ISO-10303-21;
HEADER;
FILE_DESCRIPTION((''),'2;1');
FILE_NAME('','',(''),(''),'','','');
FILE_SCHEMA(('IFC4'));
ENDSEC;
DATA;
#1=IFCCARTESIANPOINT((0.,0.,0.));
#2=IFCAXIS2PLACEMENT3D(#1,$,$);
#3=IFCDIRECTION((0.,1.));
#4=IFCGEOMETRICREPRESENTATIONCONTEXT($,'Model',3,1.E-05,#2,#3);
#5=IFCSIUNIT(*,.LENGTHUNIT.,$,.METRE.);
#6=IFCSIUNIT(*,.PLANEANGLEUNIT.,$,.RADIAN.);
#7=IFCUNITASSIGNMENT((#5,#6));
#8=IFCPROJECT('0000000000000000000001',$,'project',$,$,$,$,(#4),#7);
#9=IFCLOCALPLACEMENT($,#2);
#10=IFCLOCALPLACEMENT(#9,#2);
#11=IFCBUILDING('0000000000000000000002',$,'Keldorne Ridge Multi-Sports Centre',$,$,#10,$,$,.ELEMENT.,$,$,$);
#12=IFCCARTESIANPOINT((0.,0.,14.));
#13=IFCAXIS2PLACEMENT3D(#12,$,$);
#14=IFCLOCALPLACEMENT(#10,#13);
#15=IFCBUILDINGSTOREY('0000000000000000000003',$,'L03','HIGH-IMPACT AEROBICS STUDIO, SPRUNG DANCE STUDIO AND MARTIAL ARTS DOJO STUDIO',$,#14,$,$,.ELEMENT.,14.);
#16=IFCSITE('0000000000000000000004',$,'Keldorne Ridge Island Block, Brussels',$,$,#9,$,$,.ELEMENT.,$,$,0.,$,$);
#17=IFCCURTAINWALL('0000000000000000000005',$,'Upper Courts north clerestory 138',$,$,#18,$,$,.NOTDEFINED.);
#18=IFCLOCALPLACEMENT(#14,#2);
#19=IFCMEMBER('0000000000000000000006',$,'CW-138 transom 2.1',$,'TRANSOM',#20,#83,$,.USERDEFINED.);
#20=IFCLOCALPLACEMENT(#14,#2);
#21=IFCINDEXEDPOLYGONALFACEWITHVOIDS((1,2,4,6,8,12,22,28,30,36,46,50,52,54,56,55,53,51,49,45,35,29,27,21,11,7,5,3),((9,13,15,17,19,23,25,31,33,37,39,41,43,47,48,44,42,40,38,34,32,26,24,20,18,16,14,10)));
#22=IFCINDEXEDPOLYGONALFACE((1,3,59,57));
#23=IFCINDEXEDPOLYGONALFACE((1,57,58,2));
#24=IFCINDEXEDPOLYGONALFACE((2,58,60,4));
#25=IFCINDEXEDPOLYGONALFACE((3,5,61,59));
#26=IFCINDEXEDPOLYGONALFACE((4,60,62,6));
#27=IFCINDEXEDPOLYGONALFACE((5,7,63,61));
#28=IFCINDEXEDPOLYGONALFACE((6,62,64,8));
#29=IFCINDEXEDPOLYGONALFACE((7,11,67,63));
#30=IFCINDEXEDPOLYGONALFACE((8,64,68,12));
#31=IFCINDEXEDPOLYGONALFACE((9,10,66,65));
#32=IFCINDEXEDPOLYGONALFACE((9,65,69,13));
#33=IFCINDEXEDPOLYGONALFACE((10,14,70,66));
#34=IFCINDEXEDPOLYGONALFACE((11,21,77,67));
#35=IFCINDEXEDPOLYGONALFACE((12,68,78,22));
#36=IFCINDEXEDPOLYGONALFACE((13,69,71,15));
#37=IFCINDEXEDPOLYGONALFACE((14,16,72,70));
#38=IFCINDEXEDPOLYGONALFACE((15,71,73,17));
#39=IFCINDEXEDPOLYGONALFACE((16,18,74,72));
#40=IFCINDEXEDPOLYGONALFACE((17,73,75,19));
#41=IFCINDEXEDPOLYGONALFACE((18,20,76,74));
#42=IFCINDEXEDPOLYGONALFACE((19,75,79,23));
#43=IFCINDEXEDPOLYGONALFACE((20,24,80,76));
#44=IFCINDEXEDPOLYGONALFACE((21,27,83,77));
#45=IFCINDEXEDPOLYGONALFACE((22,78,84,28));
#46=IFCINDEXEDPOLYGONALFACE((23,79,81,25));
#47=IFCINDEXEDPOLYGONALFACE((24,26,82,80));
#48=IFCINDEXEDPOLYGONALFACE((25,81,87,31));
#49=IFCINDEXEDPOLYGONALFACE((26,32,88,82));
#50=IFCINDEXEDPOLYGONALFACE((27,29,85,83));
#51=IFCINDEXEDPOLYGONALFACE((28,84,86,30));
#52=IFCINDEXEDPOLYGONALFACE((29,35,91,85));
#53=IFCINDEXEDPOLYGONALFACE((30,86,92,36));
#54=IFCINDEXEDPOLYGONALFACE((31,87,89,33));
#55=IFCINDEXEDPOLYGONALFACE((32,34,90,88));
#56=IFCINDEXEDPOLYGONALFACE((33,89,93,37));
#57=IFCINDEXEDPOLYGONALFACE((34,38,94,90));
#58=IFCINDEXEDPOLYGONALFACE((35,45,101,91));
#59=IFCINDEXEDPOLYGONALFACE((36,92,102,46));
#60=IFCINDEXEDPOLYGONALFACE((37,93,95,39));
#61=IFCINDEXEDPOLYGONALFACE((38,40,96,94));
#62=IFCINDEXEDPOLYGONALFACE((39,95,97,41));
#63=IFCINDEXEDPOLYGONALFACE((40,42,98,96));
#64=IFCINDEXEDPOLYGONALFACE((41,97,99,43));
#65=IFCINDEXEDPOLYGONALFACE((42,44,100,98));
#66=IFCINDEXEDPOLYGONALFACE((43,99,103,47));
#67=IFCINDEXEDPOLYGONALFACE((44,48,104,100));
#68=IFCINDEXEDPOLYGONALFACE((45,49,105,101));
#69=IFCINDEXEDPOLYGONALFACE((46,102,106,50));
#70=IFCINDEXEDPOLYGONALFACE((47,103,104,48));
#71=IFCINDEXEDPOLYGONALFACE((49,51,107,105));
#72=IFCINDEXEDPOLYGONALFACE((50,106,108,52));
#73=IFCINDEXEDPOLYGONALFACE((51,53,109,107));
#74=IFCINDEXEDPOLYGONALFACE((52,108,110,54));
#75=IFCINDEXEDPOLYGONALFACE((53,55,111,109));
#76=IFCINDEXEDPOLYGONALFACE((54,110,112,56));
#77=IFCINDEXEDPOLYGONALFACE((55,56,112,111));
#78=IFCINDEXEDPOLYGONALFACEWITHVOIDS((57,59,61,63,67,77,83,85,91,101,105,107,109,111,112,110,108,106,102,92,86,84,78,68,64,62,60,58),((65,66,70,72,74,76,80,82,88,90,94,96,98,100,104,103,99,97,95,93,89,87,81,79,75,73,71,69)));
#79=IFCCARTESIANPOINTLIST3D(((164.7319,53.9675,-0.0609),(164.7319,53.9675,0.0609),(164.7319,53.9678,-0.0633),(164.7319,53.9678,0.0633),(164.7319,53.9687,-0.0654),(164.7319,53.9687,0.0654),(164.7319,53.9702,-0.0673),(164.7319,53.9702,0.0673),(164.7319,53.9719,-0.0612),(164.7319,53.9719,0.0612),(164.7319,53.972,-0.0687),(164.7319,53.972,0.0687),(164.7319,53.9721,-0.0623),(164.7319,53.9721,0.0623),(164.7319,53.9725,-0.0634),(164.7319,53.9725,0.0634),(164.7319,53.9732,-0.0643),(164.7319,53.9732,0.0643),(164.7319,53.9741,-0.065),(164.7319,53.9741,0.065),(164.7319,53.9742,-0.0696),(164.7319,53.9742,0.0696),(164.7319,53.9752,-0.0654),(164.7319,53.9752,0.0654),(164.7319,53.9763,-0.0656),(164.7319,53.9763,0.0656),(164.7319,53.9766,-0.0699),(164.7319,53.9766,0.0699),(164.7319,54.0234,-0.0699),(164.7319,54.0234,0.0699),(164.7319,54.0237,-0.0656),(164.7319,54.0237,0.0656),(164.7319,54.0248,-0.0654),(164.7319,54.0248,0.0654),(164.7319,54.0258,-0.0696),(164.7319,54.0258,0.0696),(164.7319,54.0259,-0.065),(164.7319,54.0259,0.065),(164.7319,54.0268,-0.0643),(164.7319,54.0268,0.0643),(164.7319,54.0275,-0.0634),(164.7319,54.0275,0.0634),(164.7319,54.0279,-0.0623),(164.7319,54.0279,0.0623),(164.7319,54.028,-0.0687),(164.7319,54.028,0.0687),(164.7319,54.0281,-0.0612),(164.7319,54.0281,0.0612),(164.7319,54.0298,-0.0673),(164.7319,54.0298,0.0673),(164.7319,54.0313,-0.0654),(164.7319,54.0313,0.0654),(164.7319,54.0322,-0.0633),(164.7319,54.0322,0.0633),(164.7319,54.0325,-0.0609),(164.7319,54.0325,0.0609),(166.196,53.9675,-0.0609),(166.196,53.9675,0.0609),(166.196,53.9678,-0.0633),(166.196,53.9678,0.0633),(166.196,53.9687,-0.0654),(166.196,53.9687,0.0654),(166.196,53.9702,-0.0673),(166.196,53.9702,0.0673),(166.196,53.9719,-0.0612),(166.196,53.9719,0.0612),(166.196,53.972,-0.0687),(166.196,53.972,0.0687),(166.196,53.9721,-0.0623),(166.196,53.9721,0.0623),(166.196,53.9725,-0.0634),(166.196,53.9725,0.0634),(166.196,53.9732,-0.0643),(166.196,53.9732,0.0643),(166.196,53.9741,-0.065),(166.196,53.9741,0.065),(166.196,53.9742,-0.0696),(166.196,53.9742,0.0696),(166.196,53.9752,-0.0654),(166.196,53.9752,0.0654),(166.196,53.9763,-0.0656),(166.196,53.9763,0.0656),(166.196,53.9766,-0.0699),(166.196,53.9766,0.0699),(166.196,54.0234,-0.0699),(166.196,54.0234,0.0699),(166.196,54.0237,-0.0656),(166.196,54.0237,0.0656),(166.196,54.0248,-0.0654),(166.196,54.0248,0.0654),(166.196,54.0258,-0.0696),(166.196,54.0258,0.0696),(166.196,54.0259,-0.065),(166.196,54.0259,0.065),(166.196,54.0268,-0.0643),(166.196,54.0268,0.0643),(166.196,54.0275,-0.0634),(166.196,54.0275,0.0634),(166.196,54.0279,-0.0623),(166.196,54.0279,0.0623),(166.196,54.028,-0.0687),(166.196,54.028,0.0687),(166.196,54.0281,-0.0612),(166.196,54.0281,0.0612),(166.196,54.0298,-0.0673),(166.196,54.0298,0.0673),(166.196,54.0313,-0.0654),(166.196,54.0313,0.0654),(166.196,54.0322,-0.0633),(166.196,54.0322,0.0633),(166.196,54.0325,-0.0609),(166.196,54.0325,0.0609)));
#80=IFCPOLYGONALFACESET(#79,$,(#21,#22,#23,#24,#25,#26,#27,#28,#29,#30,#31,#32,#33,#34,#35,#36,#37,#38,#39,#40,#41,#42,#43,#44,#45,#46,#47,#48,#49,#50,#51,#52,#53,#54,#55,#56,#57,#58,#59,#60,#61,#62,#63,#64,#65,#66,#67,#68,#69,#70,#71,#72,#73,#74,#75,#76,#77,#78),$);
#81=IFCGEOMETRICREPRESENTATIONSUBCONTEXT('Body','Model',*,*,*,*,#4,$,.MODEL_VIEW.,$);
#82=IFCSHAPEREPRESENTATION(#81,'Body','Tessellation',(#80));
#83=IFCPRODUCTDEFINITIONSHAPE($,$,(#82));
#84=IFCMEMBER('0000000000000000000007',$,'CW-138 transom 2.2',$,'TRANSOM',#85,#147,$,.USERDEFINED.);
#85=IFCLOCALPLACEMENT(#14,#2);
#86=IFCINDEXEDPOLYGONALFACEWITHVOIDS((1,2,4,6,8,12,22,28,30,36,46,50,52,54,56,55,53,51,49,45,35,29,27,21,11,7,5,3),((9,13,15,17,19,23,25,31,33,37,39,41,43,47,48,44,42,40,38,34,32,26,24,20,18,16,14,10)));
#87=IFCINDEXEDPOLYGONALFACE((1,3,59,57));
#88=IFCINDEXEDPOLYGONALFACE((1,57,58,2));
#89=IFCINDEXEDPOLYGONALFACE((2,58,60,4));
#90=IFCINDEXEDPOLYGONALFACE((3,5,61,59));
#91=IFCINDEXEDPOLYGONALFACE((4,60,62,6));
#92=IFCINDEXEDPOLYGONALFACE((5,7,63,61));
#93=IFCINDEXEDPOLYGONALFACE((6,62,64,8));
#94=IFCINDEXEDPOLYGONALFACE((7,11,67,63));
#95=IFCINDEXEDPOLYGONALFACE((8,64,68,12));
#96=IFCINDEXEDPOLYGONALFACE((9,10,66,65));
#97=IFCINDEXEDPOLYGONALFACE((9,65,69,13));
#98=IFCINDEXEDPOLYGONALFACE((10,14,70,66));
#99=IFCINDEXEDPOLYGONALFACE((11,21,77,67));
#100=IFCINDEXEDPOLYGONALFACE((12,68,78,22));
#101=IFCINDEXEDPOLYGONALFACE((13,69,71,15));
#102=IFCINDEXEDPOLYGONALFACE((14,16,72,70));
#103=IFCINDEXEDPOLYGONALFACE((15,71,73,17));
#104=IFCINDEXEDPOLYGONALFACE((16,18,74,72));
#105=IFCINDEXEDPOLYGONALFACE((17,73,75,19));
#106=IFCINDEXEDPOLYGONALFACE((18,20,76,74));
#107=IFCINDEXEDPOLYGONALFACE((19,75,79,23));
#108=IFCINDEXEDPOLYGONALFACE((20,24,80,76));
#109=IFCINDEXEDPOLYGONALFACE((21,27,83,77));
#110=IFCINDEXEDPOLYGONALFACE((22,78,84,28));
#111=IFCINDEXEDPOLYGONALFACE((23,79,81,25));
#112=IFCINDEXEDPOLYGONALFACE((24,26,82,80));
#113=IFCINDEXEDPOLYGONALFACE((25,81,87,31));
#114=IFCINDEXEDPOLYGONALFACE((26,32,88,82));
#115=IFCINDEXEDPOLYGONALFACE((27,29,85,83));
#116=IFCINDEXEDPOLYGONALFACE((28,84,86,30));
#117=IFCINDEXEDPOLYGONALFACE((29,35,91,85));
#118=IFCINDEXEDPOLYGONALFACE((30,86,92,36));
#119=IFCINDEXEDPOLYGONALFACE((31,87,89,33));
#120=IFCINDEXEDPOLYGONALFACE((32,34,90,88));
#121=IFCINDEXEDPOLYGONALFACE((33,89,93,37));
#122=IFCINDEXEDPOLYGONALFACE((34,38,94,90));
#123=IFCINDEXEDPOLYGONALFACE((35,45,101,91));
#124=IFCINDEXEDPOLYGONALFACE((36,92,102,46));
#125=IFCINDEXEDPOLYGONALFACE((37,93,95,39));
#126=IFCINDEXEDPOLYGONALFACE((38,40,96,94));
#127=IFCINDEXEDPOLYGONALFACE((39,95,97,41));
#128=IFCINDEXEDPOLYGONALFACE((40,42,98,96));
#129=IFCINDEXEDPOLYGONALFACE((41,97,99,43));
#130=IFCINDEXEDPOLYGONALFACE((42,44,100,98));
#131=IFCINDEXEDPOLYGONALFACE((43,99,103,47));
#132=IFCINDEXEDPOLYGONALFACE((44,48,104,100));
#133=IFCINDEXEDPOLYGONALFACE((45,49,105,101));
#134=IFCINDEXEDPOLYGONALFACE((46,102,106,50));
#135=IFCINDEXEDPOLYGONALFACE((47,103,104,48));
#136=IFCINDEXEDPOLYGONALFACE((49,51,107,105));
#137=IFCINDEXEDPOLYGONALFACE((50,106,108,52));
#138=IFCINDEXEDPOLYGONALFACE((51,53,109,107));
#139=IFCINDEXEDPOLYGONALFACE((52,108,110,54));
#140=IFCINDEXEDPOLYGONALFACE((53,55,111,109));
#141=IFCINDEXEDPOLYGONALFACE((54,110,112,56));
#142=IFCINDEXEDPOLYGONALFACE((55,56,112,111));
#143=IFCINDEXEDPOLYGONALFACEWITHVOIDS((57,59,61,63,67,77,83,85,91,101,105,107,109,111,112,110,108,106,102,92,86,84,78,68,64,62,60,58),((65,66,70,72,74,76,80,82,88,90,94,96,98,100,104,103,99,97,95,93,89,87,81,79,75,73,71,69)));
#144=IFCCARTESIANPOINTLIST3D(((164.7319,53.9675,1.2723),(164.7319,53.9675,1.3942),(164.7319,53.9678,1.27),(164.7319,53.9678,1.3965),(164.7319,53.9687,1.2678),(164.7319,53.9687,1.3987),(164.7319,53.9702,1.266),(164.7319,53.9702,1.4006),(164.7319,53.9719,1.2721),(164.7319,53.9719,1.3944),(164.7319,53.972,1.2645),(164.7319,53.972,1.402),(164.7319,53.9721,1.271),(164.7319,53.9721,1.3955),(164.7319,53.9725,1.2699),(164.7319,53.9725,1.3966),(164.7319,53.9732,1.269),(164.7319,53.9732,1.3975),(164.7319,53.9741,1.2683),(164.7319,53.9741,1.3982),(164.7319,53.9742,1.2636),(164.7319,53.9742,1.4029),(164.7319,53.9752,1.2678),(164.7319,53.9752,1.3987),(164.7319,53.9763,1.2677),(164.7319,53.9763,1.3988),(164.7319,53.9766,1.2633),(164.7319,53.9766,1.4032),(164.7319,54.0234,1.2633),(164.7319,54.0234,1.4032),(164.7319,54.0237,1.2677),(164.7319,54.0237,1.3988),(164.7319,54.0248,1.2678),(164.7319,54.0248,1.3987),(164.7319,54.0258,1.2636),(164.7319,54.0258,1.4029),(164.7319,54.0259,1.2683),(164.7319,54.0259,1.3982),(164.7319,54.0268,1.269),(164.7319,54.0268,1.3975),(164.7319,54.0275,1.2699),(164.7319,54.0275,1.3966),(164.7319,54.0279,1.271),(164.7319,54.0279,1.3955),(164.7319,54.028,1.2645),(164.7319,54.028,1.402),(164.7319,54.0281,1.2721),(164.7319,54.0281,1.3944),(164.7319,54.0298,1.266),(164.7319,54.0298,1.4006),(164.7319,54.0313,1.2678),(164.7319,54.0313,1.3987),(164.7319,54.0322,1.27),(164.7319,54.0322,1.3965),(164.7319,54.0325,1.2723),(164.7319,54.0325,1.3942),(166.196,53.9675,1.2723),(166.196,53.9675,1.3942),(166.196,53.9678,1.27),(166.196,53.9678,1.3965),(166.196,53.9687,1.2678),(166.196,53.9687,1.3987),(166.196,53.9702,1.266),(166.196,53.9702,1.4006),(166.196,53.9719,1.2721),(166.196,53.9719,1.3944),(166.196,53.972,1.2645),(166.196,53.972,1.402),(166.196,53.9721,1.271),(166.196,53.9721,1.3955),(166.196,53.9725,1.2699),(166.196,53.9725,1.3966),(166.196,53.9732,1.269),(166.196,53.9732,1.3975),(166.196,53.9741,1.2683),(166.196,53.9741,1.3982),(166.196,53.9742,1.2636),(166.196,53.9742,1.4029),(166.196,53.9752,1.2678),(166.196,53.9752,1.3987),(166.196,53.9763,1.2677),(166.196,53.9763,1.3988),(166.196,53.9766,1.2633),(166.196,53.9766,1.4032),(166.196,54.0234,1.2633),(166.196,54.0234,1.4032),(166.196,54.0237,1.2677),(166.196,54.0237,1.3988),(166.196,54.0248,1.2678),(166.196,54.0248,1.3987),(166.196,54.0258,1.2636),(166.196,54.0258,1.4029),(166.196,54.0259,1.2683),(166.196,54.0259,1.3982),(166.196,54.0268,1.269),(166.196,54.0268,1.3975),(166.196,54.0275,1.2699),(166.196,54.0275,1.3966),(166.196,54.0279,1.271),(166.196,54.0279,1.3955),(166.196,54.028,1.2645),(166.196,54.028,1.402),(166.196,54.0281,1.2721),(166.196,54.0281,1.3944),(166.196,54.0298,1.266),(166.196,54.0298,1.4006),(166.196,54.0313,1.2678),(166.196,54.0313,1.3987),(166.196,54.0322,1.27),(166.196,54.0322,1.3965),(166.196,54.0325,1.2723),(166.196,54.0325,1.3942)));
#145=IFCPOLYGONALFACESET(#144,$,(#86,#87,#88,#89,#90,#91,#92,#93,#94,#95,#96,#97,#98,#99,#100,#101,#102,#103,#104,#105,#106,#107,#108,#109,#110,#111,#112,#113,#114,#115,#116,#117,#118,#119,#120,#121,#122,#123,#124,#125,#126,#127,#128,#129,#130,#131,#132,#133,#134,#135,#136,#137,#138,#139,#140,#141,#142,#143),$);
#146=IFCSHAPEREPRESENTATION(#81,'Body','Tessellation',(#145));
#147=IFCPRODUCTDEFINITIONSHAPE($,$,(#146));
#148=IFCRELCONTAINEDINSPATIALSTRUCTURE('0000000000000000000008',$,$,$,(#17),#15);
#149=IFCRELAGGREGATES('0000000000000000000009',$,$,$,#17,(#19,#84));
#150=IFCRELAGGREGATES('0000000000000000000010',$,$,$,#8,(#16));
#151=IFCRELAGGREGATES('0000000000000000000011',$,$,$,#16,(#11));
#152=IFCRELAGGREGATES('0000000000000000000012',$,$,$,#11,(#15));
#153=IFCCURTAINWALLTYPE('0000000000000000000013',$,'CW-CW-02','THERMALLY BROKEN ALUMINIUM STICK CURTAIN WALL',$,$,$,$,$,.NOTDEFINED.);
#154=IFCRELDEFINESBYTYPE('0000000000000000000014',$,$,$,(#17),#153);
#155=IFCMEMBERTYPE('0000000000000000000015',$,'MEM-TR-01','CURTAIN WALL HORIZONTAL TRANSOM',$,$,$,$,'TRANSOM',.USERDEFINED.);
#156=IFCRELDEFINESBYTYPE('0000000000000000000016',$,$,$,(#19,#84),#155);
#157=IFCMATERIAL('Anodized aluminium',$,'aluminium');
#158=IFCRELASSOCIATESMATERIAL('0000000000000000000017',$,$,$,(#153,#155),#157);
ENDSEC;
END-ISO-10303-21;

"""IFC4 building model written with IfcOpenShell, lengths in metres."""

from ifc_helpers import new_model, si_unit, direction, frame, origin, origin_2d, place, context, subcontext, project, spatial, hollow_rectangle, extrude, material, material_profile, profile_set, type_object, element, aggregate, save


model = new_model("IFC4")

# Units and contexts
model_context = context("Model", 3, precision=1e-05, world=origin(), true_north=direction((0.0, 1.0)))
body_context = subcontext(model_context, "Body", "Model", "MODEL_VIEW")
ifc_project = project(units=[si_unit("LENGTHUNIT", "METRE"), si_unit("PLANEANGLEUNIT", "RADIAN")], contexts=[model_context])

# Site, building, storey
site_placement = place(None, origin())
site = spatial("IfcSite", under=ifc_project, at=site_placement, Name="Keldorne Ridge Island Block, Brussels", CompositionType="ELEMENT", RefElevation=0.0)
building_placement = place(site_placement, origin())
building = spatial("IfcBuilding", under=site, at=building_placement, Name="Keldorne Ridge Multi-Sports Centre", CompositionType="ELEMENT")
storey_placement = place(building_placement, frame((0.0, 0.0, 14.0)))
storey = spatial("IfcBuildingStorey", under=building, at=storey_placement, Name="L03", Description="HIGH-IMPACT AEROBICS STUDIO, SPRUNG DANCE STUDIO AND MARTIAL ARTS DOJO STUDIO", CompositionType="ELEMENT", Elevation=14.0)

# Curtain wall, members
ifc_material_1 = material(Name="Anodized aluminium", Category="aluminium")
curtain_wall_type = type_object("IfcCurtainWallType", Name="CW-CW-02", Description="THERMALLY BROKEN ALUMINIUM STICK CURTAIN WALL", PredefinedType="NOTDEFINED", material=ifc_material_1)
curtain_wall_placement = place(storey_placement, origin())
curtain_wall = element("IfcCurtainWall", 1, at=curtain_wall_placement, inside=storey, type_object=curtain_wall_type, Name="Upper Courts north clerestory 138", PredefinedType="NOTDEFINED")
ifc_material_profile_1 = material_profile(ifc_material_1, hollow_rectangle(XDim=0.0649, YDim=0.1399, WallThickness=0.0044, InnerFilletRadius=0.0044, OuterFilletRadius=0.009, at=origin_2d()), Name="ALU TRANSOM 140x65x4.5")
ifc_profile_set_1 = profile_set([ifc_material_profile_1], Name="Anodized aluminium")
member_type_1 = type_object("IfcMemberType", Name="MEM-TR-01", Description="CURTAIN WALL HORIZONTAL TRANSOM", ElementType="TRANSOM", PredefinedType="USERDEFINED", material=ifc_profile_set_1)
member_1_placement = place(storey_placement, frame((166.196, 54.0, 0.0), z_axis=(-1.0, 0.0, 0.0), x_axis=(0.0, -1.0, 0.0)))
member_1 = element("IfcMember", 2, at=member_1_placement, type_object=member_type_1, Name="CW-138 transom 2.1", ObjectType="TRANSOM", PredefinedType="USERDEFINED", context=body_context, shape_type="SweptSolid", body=[
    extrude(hollow_rectangle(XDim=0.0649, YDim=0.1399, WallThickness=0.0044, InnerFilletRadius=0.0044, OuterFilletRadius=0.009, at=origin_2d()), origin(), (0.0, 0.0, 1.0), 1.4641),
])
member_2_placement = place(storey_placement, frame((166.196, 54.0, 1.3333), z_axis=(-1.0, 0.0, 0.0), x_axis=(0.0, -1.0, 0.0)))
member_2 = element("IfcMember", 3, at=member_2_placement, type_object=member_type_1, Name="CW-138 transom 2.2", ObjectType="TRANSOM", PredefinedType="USERDEFINED", context=body_context, shape_type="SweptSolid", body=[
    extrude(hollow_rectangle(XDim=0.0649, YDim=0.1399, WallThickness=0.0044, InnerFilletRadius=0.0044, OuterFilletRadius=0.009, at=origin_2d()), origin(), (0.0, 0.0, 1.0), 1.4641),
])

aggregate(curtain_wall, [member_1, member_2])

save(model, "model.ifc")
